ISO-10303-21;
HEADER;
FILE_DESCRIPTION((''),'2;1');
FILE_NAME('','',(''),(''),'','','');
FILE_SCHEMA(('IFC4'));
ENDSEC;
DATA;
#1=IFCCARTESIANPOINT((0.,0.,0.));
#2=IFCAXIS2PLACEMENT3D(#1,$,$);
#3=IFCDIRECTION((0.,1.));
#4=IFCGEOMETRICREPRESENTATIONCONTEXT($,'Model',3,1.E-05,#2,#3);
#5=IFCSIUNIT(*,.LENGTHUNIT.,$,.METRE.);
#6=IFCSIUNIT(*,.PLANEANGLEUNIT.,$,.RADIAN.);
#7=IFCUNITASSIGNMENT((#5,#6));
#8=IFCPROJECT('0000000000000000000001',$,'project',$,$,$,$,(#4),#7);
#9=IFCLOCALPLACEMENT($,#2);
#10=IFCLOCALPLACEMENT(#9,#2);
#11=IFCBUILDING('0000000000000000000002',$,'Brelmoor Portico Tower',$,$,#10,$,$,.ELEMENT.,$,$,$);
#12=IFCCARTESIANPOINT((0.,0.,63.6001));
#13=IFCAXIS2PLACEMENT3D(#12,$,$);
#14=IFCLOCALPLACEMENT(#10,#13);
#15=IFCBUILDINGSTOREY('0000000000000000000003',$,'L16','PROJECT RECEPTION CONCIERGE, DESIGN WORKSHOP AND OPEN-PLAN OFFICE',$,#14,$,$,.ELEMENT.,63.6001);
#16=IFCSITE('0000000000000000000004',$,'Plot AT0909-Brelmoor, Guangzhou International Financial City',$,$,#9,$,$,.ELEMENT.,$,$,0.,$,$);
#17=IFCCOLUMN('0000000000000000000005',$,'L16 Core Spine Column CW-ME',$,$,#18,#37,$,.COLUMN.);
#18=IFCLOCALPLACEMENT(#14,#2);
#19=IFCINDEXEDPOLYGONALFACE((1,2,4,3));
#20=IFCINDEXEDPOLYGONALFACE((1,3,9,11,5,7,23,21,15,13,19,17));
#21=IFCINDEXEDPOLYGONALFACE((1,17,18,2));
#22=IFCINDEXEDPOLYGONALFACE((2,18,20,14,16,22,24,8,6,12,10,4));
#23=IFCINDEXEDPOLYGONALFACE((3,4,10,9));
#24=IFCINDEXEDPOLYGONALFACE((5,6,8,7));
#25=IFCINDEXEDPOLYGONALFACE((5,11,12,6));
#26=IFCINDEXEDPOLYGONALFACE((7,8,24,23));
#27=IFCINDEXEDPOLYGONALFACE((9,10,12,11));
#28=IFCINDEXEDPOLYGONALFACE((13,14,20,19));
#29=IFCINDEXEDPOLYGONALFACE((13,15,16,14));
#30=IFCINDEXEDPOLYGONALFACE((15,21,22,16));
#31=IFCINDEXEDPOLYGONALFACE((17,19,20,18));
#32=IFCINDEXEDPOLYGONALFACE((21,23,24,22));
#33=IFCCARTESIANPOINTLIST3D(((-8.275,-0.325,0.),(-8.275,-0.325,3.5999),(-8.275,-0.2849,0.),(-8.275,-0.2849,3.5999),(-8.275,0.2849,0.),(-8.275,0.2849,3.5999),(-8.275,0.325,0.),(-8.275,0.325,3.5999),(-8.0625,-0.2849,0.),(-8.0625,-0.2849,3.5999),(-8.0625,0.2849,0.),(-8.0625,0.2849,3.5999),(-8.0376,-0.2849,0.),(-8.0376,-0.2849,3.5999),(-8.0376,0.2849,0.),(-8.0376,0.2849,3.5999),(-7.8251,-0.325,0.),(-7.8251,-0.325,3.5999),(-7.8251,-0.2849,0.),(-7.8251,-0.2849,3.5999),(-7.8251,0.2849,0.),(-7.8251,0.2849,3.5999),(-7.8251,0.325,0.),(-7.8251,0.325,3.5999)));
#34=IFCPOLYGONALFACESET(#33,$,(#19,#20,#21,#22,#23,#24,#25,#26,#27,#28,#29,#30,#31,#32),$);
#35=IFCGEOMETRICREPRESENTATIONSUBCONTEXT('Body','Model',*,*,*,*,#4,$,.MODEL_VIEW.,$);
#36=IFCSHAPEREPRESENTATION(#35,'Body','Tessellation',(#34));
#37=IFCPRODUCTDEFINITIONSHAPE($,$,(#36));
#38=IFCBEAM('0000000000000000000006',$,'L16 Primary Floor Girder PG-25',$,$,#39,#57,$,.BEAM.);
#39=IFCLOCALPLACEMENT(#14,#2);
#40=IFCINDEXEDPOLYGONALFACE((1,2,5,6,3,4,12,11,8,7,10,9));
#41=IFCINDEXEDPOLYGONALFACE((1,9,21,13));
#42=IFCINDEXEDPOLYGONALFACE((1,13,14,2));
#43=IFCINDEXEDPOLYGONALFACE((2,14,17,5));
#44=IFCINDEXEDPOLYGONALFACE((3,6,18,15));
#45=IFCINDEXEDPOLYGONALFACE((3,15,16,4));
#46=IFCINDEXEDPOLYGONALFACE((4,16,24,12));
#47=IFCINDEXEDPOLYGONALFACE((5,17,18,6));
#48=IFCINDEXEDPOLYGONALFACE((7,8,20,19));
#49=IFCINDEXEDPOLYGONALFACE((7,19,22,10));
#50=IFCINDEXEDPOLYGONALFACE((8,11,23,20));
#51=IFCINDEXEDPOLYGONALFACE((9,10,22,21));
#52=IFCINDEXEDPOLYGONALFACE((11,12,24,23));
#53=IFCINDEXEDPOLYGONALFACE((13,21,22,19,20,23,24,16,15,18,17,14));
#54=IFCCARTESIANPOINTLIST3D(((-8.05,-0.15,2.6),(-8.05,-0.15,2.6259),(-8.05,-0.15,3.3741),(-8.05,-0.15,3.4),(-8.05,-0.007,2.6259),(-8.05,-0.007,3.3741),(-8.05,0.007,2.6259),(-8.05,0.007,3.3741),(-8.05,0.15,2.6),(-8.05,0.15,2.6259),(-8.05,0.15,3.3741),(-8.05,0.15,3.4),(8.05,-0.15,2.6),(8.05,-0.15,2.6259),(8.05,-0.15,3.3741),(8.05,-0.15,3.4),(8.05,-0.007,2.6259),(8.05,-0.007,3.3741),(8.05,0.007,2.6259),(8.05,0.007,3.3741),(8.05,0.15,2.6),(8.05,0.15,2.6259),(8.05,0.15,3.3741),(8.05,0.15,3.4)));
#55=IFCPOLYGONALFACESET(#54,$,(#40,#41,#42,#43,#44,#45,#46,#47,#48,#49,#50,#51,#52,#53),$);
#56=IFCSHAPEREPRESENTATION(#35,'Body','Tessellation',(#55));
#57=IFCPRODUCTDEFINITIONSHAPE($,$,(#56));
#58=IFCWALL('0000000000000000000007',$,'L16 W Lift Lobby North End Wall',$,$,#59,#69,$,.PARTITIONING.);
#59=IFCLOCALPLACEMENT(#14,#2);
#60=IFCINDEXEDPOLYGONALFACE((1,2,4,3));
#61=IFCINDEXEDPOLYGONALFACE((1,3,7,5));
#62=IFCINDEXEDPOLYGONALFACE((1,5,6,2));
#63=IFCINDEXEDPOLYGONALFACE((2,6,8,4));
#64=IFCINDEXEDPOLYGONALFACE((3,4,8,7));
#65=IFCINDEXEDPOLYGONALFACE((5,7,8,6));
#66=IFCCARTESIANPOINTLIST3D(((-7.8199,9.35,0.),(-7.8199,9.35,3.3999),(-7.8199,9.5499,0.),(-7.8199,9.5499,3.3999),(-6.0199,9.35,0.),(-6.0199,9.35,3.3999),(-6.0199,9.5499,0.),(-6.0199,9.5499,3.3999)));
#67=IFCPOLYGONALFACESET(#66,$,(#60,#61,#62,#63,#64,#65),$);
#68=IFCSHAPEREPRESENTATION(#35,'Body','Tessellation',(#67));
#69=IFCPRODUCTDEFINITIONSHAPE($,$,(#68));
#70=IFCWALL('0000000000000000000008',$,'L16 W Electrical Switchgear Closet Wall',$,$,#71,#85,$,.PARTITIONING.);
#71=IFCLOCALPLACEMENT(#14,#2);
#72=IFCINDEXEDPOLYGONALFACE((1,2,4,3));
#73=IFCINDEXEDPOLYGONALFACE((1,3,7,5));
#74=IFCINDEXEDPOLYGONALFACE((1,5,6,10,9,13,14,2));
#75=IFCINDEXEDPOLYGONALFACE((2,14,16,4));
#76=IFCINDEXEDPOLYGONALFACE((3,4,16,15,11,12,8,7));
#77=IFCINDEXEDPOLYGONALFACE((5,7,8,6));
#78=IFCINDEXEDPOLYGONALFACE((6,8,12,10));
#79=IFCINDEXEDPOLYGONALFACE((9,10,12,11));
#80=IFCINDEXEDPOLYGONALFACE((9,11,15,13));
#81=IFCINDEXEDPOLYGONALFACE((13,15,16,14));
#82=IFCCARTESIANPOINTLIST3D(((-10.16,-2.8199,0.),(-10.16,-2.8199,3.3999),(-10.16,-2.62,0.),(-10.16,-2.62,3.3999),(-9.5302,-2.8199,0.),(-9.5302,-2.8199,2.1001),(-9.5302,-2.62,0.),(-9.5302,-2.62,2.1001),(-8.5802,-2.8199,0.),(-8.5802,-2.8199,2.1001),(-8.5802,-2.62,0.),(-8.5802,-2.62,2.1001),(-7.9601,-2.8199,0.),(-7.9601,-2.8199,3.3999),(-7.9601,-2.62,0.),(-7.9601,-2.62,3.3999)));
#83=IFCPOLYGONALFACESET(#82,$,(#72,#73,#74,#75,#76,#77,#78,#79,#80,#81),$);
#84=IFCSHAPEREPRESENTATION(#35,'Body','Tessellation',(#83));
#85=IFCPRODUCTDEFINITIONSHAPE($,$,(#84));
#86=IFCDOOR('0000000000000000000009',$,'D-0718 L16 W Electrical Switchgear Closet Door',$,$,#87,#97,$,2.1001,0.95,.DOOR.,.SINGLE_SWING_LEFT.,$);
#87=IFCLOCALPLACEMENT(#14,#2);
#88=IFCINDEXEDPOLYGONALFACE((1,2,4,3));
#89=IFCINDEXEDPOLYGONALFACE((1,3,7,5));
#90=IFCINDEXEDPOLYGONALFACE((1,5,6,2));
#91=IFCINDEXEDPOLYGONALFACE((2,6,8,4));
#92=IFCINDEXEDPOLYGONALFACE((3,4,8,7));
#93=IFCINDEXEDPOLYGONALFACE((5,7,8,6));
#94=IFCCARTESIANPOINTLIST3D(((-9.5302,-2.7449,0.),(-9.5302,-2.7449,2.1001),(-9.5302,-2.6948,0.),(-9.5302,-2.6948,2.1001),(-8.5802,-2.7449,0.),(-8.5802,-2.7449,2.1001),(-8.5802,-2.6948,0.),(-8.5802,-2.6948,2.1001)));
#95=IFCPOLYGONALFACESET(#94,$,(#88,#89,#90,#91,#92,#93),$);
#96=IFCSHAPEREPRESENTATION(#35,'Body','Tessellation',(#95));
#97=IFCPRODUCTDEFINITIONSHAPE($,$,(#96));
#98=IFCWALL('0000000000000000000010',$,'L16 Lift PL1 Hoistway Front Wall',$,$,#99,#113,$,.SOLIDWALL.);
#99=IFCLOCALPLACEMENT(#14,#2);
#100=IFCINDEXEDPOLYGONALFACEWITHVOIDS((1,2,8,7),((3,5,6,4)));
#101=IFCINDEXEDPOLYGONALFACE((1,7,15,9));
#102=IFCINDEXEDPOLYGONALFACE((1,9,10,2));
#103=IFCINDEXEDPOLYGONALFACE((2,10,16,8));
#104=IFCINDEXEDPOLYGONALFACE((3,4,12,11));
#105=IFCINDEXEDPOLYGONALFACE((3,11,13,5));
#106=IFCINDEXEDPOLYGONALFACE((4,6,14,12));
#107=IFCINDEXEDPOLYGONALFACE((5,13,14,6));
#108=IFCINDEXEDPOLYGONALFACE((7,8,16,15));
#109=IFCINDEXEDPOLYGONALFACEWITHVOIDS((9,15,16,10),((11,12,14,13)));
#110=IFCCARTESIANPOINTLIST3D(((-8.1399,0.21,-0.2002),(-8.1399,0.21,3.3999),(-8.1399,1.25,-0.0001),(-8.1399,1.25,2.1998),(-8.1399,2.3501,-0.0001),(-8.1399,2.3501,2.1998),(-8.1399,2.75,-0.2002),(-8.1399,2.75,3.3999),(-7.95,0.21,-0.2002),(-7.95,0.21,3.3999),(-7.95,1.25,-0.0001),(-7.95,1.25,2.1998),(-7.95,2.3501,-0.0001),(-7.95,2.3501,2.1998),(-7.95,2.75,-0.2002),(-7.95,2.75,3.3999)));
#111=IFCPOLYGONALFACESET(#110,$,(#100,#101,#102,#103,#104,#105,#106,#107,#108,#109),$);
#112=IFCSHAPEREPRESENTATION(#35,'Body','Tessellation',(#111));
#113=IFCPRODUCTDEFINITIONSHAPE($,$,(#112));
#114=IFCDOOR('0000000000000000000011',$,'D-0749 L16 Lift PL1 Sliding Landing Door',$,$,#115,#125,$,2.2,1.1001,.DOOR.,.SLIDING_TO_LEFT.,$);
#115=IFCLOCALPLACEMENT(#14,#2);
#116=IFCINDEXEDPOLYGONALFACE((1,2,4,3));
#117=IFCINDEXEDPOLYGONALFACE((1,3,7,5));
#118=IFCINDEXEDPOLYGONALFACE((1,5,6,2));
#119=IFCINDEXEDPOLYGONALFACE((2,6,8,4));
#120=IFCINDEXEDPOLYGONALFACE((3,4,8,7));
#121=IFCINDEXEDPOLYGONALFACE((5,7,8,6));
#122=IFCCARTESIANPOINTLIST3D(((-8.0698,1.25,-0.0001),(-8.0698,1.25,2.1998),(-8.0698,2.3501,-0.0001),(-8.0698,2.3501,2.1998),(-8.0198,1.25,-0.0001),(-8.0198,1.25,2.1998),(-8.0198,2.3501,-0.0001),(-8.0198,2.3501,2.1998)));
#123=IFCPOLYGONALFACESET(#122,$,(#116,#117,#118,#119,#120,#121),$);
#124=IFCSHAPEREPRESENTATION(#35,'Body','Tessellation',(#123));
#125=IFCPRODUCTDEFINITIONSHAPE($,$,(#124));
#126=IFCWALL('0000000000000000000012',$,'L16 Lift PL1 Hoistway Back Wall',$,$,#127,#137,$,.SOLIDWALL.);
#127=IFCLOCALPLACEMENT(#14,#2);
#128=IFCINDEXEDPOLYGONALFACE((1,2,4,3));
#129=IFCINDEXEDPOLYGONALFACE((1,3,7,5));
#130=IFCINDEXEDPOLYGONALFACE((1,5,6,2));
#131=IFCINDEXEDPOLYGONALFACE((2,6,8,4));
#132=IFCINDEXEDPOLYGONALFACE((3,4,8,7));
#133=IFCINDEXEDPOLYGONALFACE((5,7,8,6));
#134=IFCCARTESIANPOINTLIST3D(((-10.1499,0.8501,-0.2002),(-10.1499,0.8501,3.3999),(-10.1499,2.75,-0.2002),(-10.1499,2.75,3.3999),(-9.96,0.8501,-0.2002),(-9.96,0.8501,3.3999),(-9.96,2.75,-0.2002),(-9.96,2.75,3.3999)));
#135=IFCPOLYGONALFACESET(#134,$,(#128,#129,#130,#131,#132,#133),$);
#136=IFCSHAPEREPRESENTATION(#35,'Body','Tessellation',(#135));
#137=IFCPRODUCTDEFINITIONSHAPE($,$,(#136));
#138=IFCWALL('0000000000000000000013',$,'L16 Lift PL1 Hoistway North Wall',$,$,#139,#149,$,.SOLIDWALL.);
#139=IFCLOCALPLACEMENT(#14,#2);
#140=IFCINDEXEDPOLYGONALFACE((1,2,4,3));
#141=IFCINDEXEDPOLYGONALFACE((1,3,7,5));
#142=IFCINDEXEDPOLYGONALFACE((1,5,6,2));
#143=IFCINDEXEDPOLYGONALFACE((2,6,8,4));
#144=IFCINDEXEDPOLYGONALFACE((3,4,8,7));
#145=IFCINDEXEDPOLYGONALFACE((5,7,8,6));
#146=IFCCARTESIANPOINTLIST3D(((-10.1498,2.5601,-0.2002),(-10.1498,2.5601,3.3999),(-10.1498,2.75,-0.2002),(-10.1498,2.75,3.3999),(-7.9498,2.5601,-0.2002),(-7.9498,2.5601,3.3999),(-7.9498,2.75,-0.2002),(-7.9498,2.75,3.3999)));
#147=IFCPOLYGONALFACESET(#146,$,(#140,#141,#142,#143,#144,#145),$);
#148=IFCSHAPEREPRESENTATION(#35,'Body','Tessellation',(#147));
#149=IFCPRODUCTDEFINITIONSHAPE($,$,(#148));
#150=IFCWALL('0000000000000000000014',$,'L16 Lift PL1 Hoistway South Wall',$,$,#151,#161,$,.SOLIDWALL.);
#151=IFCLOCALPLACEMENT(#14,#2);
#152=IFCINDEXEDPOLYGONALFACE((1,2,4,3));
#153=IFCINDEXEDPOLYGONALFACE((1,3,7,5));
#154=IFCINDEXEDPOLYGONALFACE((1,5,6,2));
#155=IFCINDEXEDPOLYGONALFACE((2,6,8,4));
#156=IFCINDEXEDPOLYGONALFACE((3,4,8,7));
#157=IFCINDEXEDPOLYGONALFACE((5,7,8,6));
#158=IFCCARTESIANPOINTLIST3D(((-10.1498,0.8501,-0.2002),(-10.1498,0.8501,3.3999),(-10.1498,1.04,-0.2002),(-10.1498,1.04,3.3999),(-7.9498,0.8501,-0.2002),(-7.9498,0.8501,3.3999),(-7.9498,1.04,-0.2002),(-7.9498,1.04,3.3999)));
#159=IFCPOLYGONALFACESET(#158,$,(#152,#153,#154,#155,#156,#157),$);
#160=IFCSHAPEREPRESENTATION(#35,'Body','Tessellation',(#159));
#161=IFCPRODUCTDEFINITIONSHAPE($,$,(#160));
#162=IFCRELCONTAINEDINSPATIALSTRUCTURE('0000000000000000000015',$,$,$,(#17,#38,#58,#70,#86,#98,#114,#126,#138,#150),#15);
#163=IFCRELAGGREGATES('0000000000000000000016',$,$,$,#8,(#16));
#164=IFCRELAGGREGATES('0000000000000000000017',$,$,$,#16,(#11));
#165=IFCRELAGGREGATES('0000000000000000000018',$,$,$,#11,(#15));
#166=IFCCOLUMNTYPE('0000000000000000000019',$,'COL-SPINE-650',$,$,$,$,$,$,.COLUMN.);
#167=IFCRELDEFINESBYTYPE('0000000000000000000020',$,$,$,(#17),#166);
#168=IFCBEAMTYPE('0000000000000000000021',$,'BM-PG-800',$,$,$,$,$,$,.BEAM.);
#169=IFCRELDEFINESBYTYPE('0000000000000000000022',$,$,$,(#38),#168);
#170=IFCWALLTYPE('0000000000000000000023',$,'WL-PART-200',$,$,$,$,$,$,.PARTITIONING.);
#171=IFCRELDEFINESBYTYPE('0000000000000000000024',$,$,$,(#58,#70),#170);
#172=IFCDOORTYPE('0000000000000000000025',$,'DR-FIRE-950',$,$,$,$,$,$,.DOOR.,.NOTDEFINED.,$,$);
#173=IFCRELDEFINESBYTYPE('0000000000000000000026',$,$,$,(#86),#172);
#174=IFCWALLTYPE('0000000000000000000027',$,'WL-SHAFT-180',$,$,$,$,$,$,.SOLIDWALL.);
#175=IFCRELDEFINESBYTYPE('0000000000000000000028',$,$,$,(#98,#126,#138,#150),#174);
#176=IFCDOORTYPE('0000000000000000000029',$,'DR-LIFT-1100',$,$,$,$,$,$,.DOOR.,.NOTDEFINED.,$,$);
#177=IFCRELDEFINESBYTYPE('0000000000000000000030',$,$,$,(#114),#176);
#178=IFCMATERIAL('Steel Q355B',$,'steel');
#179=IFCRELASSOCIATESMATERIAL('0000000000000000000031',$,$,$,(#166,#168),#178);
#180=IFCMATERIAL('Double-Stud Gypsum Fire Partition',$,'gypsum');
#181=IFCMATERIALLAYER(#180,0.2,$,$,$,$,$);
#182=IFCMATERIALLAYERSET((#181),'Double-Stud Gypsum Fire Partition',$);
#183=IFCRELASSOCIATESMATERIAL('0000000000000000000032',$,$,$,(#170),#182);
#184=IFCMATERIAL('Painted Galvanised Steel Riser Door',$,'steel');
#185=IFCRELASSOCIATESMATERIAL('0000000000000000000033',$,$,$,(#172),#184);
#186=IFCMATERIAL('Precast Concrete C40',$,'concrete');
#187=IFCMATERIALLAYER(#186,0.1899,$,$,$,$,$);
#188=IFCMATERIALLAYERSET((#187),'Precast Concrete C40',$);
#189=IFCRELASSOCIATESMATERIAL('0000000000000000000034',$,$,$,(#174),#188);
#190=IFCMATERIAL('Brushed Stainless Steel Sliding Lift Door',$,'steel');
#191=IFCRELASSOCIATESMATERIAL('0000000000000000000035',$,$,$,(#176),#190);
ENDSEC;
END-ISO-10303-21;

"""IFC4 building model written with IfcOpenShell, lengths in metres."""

from ifc_helpers import new_model, si_unit, direction, frame, frame_2d, origin, origin_2d, place, context, subcontext, project, spatial, rectangle, i_section, extrude, material, layer, layer_set, material_profile, profile_set, type_object, element, fill, save


model = new_model("IFC4")

# Units and contexts
model_context = context("Model", 3, precision=1e-05, world=origin(), true_north=direction((0.0, 1.0)))
body_context = subcontext(model_context, "Body", "Model", "MODEL_VIEW")
ifc_project = project(units=[si_unit("LENGTHUNIT", "METRE"), si_unit("PLANEANGLEUNIT", "RADIAN")], contexts=[model_context])

# Site, building, storey
site_placement = place(None, origin())
site = spatial("IfcSite", under=ifc_project, at=site_placement, Name="Plot AT0909-Brelmoor, Guangzhou International Financial City", CompositionType="ELEMENT", RefElevation=0.0)
building_placement = place(site_placement, origin())
building = spatial("IfcBuilding", under=site, at=building_placement, Name="Brelmoor Portico Tower", CompositionType="ELEMENT")
storey_placement = place(building_placement, frame((0.0, 0.0, 63.6001)))
storey = spatial("IfcBuildingStorey", under=building, at=storey_placement, Name="L16", Description="PROJECT RECEPTION CONCIERGE, DESIGN WORKSHOP AND OPEN-PLAN OFFICE", CompositionType="ELEMENT", Elevation=63.6001)

# Column
ifc_material_1 = material(Name="Steel Q355B", Category="steel")
ifc_material_profile_1 = material_profile(ifc_material_1, i_section(OverallWidth=0.45, OverallDepth=0.6499, WebThickness=0.0249, FlangeThickness=0.04, at=origin_2d()), Name="HW 650x450x25x40")
ifc_profile_set_1 = profile_set([ifc_material_profile_1], Name="Steel Q355B")
column_type = type_object("IfcColumnType", Name="COL-SPINE-650", PredefinedType="COLUMN", material=ifc_profile_set_1)
column_placement = place(storey_placement, frame((-8.05, 0.0, 0.0), z_axis=(0.0, 0.0, 1.0), x_axis=(1.0, 0.0, 0.0)))
element("IfcColumn", 1, at=column_placement, inside=storey, type_object=column_type, Name="L16 Core Spine Column CW-ME", PredefinedType="COLUMN", context=body_context, shape_type="SweptSolid", body=[
    extrude(i_section(OverallWidth=0.45, OverallDepth=0.6499, WebThickness=0.0249, FlangeThickness=0.04, at=origin_2d()), origin(), (0.0, 0.0, 1.0), 3.5999),
])

# Beam
ifc_material_profile_2 = material_profile(ifc_material_1, i_section(OverallWidth=0.3, OverallDepth=0.8, WebThickness=0.0139, FlangeThickness=0.0259, at=origin_2d()), Name="HN 800x300x14x26")
ifc_profile_set_2 = profile_set([ifc_material_profile_2], Name="Steel Q355B")
beam_type = type_object("IfcBeamType", Name="BM-PG-800", PredefinedType="BEAM", material=ifc_profile_set_2)
beam_placement = place(storey_placement, frame((-8.05, 0.0, 3.0), z_axis=(1.0, 0.0, 0.0), x_axis=(0.0, 1.0, 0.0)))
element("IfcBeam", 2, at=beam_placement, inside=storey, type_object=beam_type, Name="L16 Primary Floor Girder PG-25", PredefinedType="BEAM", context=body_context, shape_type="SweptSolid", body=[
    extrude(i_section(OverallWidth=0.3, OverallDepth=0.8, WebThickness=0.0139, FlangeThickness=0.0259, at=origin_2d()), origin(), (0.0, 0.0, 1.0), 16.1001),
])

# Wall
ifc_material_2 = material(Name="Double-Stud Gypsum Fire Partition", Category="gypsum")
ifc_layer_1 = layer(ifc_material_2, 0.2)
ifc_layer_set_1 = layer_set([ifc_layer_1], Name="Double-Stud Gypsum Fire Partition")
wall_type_1 = type_object("IfcWallType", Name="WL-PART-200", PredefinedType="PARTITIONING", material=ifc_layer_set_1)
wall_1_placement = place(storey_placement, frame((-6.02, 9.45, 0.0), z_axis=(0.0, 0.0, 1.0), x_axis=(-1.0, 0.0, 0.0)))
element("IfcWall", 3, at=wall_1_placement, inside=storey, type_object=wall_type_1, Name="L16 W Lift Lobby North End Wall", PredefinedType="PARTITIONING", context=body_context, shape_type="SweptSolid", body=[
    extrude(rectangle(XDim=1.8, YDim=0.2, at=frame_2d((0.8999, 0.0))), origin(), (0.0, 0.0, 1.0), 3.3999),
])

# Walls, openings, doors
wall_2_placement = place(storey_placement, frame((-7.96, -2.72, 0.0), z_axis=(0.0, 0.0, 1.0), x_axis=(-1.0, 0.0, 0.0)))
wall_2 = element("IfcWall", 4, at=wall_2_placement, inside=storey, type_object=wall_type_1, Name="L16 W Electrical Switchgear Closet Wall", PredefinedType="PARTITIONING", context=body_context, shape_type="SweptSolid", body=[
    extrude(rectangle(XDim=2.2, YDim=0.2, at=frame_2d((1.1001, 0.0))), origin(), (0.0, 0.0, 1.0), 3.3999),
])
opening_1_placement = place(wall_2_placement, frame((0.6201, 0.0, 0.0)))
opening_1 = element("IfcOpeningElement", 5, at=opening_1_placement, cuts=wall_2, PredefinedType="OPENING", context=body_context, shape_type="SweptSolid", body=[
    extrude(rectangle(XDim=0.95, YDim=2.1001, at=frame_2d((0.4751, 1.05))), frame((0.0, 0.1099, 0.0), z_axis=(0.0, -1.0, 0.0), x_axis=(1.0, 0.0, 0.0)), (0.0, 0.0, 1.0), 0.22),
])
ifc_material_3 = material(Name="Painted Galvanised Steel Riser Door", Category="steel")
door_type_1 = type_object("IfcDoorType", Name="DR-FIRE-950", OperationType="NOTDEFINED", PredefinedType="DOOR", material=ifc_material_3)
door_1_placement = place(opening_1_placement, origin())
door_1 = element("IfcDoor", 6, at=door_1_placement, inside=storey, type_object=door_type_1, Name="D-0718 L16 W Electrical Switchgear Closet Door", OperationType="SINGLE_SWING_LEFT", OverallHeight=2.1001, OverallWidth=0.95, PredefinedType="DOOR", context=body_context, shape_type="SweptSolid", body=[
    extrude(rectangle(XDim=0.95, YDim=2.1001, at=frame_2d((0.4751, 1.05))), frame((0.0, 0.0249, 0.0), z_axis=(0.0, -1.0, 0.0), x_axis=(1.0, 0.0, 0.0)), (0.0, 0.0, 1.0), 0.05),
])
fill(opening_1, door_1)
ifc_material_4 = material(Name="Precast Concrete C40", Category="concrete")
ifc_layer_2 = layer(ifc_material_4, 0.1899)
ifc_layer_set_2 = layer_set([ifc_layer_2], Name="Precast Concrete C40")
wall_type_2 = type_object("IfcWallType", Name="WL-SHAFT-180", PredefinedType="SOLIDWALL", material=ifc_layer_set_2)
wall_3_placement = place(storey_placement, frame((-8.0449, 0.21, -0.2002), z_axis=(0.0, 0.0, 1.0), x_axis=(0.0, 1.0, 0.0)))
wall_3 = element("IfcWall", 7, at=wall_3_placement, inside=storey, type_object=wall_type_2, Name="L16 Lift PL1 Hoistway Front Wall", PredefinedType="SOLIDWALL", context=body_context, shape_type="SweptSolid", body=[
    extrude(rectangle(XDim=2.54, YDim=0.1899, at=frame_2d((1.27, 0.0))), origin(), (0.0, 0.0, 1.0), 3.6001),
])
opening_2_placement = place(wall_3_placement, frame((1.04, 0.0, 0.2)))
opening_2 = element("IfcOpeningElement", 8, at=opening_2_placement, cuts=wall_3, PredefinedType="OPENING", context=body_context, shape_type="SweptSolid", body=[
    extrude(rectangle(XDim=1.1001, YDim=2.2, at=frame_2d((0.55, 1.1001))), frame((0.0, 0.105, 0.0), z_axis=(0.0, -1.0, 0.0), x_axis=(1.0, 0.0, 0.0)), (0.0, 0.0, 1.0), 0.21),
])
ifc_material_5 = material(Name="Brushed Stainless Steel Sliding Lift Door", Category="steel")
door_type_2 = type_object("IfcDoorType", Name="DR-LIFT-1100", OperationType="NOTDEFINED", PredefinedType="DOOR", material=ifc_material_5)
door_2_placement = place(opening_2_placement, origin())
door_2 = element("IfcDoor", 9, at=door_2_placement, inside=storey, type_object=door_type_2, Name="D-0749 L16 Lift PL1 Sliding Landing Door", OperationType="SLIDING_TO_LEFT", OverallHeight=2.2, OverallWidth=1.1001, PredefinedType="DOOR", context=body_context, shape_type="SweptSolid", body=[
    extrude(rectangle(XDim=1.1001, YDim=2.2, at=frame_2d((0.55, 1.1001))), frame((0.0, 0.0249, 0.0), z_axis=(0.0, -1.0, 0.0), x_axis=(1.0, 0.0, 0.0)), (0.0, 0.0, 1.0), 0.05),
])
fill(opening_2, door_2)

# Walls
wall_4_placement = place(storey_placement, frame((-10.0549, 0.8501, -0.2002), z_axis=(0.0, 0.0, 1.0), x_axis=(0.0, 1.0, 0.0)))
element("IfcWall", 10, at=wall_4_placement, inside=storey, type_object=wall_type_2, Name="L16 Lift PL1 Hoistway Back Wall", PredefinedType="SOLIDWALL", context=body_context, shape_type="SweptSolid", body=[
    extrude(rectangle(XDim=1.8999, YDim=0.1899, at=frame_2d((0.95, 0.0))), origin(), (0.0, 0.0, 1.0), 3.6001),
])
for number, where, z_axis, x_axis, name in (
    (11, (-10.1499, 2.655, -0.2002), (0.0, 0.0, 1.0), (1.0, 0.0, 0.0), "L16 Lift PL1 Hoistway North Wall"),
    (12, (-10.1499, 0.9451, -0.2002), (0.0, 0.0, 1.0), (1.0, 0.0, 0.0), "L16 Lift PL1 Hoistway South Wall"),
):
    element("IfcWall", number, at=place(storey_placement, frame(where, z_axis=z_axis, x_axis=x_axis)), inside=storey, type_object=wall_type_2, Name=name, PredefinedType="SOLIDWALL", context=body_context, shape_type="SweptSolid", body=[
        extrude(rectangle(XDim=2.2, YDim=0.1899, at=frame_2d((1.1001, 0.0))), origin(), (0.0, 0.0, 1.0), 3.6001),
    ])

save(model, "model.ifc")
